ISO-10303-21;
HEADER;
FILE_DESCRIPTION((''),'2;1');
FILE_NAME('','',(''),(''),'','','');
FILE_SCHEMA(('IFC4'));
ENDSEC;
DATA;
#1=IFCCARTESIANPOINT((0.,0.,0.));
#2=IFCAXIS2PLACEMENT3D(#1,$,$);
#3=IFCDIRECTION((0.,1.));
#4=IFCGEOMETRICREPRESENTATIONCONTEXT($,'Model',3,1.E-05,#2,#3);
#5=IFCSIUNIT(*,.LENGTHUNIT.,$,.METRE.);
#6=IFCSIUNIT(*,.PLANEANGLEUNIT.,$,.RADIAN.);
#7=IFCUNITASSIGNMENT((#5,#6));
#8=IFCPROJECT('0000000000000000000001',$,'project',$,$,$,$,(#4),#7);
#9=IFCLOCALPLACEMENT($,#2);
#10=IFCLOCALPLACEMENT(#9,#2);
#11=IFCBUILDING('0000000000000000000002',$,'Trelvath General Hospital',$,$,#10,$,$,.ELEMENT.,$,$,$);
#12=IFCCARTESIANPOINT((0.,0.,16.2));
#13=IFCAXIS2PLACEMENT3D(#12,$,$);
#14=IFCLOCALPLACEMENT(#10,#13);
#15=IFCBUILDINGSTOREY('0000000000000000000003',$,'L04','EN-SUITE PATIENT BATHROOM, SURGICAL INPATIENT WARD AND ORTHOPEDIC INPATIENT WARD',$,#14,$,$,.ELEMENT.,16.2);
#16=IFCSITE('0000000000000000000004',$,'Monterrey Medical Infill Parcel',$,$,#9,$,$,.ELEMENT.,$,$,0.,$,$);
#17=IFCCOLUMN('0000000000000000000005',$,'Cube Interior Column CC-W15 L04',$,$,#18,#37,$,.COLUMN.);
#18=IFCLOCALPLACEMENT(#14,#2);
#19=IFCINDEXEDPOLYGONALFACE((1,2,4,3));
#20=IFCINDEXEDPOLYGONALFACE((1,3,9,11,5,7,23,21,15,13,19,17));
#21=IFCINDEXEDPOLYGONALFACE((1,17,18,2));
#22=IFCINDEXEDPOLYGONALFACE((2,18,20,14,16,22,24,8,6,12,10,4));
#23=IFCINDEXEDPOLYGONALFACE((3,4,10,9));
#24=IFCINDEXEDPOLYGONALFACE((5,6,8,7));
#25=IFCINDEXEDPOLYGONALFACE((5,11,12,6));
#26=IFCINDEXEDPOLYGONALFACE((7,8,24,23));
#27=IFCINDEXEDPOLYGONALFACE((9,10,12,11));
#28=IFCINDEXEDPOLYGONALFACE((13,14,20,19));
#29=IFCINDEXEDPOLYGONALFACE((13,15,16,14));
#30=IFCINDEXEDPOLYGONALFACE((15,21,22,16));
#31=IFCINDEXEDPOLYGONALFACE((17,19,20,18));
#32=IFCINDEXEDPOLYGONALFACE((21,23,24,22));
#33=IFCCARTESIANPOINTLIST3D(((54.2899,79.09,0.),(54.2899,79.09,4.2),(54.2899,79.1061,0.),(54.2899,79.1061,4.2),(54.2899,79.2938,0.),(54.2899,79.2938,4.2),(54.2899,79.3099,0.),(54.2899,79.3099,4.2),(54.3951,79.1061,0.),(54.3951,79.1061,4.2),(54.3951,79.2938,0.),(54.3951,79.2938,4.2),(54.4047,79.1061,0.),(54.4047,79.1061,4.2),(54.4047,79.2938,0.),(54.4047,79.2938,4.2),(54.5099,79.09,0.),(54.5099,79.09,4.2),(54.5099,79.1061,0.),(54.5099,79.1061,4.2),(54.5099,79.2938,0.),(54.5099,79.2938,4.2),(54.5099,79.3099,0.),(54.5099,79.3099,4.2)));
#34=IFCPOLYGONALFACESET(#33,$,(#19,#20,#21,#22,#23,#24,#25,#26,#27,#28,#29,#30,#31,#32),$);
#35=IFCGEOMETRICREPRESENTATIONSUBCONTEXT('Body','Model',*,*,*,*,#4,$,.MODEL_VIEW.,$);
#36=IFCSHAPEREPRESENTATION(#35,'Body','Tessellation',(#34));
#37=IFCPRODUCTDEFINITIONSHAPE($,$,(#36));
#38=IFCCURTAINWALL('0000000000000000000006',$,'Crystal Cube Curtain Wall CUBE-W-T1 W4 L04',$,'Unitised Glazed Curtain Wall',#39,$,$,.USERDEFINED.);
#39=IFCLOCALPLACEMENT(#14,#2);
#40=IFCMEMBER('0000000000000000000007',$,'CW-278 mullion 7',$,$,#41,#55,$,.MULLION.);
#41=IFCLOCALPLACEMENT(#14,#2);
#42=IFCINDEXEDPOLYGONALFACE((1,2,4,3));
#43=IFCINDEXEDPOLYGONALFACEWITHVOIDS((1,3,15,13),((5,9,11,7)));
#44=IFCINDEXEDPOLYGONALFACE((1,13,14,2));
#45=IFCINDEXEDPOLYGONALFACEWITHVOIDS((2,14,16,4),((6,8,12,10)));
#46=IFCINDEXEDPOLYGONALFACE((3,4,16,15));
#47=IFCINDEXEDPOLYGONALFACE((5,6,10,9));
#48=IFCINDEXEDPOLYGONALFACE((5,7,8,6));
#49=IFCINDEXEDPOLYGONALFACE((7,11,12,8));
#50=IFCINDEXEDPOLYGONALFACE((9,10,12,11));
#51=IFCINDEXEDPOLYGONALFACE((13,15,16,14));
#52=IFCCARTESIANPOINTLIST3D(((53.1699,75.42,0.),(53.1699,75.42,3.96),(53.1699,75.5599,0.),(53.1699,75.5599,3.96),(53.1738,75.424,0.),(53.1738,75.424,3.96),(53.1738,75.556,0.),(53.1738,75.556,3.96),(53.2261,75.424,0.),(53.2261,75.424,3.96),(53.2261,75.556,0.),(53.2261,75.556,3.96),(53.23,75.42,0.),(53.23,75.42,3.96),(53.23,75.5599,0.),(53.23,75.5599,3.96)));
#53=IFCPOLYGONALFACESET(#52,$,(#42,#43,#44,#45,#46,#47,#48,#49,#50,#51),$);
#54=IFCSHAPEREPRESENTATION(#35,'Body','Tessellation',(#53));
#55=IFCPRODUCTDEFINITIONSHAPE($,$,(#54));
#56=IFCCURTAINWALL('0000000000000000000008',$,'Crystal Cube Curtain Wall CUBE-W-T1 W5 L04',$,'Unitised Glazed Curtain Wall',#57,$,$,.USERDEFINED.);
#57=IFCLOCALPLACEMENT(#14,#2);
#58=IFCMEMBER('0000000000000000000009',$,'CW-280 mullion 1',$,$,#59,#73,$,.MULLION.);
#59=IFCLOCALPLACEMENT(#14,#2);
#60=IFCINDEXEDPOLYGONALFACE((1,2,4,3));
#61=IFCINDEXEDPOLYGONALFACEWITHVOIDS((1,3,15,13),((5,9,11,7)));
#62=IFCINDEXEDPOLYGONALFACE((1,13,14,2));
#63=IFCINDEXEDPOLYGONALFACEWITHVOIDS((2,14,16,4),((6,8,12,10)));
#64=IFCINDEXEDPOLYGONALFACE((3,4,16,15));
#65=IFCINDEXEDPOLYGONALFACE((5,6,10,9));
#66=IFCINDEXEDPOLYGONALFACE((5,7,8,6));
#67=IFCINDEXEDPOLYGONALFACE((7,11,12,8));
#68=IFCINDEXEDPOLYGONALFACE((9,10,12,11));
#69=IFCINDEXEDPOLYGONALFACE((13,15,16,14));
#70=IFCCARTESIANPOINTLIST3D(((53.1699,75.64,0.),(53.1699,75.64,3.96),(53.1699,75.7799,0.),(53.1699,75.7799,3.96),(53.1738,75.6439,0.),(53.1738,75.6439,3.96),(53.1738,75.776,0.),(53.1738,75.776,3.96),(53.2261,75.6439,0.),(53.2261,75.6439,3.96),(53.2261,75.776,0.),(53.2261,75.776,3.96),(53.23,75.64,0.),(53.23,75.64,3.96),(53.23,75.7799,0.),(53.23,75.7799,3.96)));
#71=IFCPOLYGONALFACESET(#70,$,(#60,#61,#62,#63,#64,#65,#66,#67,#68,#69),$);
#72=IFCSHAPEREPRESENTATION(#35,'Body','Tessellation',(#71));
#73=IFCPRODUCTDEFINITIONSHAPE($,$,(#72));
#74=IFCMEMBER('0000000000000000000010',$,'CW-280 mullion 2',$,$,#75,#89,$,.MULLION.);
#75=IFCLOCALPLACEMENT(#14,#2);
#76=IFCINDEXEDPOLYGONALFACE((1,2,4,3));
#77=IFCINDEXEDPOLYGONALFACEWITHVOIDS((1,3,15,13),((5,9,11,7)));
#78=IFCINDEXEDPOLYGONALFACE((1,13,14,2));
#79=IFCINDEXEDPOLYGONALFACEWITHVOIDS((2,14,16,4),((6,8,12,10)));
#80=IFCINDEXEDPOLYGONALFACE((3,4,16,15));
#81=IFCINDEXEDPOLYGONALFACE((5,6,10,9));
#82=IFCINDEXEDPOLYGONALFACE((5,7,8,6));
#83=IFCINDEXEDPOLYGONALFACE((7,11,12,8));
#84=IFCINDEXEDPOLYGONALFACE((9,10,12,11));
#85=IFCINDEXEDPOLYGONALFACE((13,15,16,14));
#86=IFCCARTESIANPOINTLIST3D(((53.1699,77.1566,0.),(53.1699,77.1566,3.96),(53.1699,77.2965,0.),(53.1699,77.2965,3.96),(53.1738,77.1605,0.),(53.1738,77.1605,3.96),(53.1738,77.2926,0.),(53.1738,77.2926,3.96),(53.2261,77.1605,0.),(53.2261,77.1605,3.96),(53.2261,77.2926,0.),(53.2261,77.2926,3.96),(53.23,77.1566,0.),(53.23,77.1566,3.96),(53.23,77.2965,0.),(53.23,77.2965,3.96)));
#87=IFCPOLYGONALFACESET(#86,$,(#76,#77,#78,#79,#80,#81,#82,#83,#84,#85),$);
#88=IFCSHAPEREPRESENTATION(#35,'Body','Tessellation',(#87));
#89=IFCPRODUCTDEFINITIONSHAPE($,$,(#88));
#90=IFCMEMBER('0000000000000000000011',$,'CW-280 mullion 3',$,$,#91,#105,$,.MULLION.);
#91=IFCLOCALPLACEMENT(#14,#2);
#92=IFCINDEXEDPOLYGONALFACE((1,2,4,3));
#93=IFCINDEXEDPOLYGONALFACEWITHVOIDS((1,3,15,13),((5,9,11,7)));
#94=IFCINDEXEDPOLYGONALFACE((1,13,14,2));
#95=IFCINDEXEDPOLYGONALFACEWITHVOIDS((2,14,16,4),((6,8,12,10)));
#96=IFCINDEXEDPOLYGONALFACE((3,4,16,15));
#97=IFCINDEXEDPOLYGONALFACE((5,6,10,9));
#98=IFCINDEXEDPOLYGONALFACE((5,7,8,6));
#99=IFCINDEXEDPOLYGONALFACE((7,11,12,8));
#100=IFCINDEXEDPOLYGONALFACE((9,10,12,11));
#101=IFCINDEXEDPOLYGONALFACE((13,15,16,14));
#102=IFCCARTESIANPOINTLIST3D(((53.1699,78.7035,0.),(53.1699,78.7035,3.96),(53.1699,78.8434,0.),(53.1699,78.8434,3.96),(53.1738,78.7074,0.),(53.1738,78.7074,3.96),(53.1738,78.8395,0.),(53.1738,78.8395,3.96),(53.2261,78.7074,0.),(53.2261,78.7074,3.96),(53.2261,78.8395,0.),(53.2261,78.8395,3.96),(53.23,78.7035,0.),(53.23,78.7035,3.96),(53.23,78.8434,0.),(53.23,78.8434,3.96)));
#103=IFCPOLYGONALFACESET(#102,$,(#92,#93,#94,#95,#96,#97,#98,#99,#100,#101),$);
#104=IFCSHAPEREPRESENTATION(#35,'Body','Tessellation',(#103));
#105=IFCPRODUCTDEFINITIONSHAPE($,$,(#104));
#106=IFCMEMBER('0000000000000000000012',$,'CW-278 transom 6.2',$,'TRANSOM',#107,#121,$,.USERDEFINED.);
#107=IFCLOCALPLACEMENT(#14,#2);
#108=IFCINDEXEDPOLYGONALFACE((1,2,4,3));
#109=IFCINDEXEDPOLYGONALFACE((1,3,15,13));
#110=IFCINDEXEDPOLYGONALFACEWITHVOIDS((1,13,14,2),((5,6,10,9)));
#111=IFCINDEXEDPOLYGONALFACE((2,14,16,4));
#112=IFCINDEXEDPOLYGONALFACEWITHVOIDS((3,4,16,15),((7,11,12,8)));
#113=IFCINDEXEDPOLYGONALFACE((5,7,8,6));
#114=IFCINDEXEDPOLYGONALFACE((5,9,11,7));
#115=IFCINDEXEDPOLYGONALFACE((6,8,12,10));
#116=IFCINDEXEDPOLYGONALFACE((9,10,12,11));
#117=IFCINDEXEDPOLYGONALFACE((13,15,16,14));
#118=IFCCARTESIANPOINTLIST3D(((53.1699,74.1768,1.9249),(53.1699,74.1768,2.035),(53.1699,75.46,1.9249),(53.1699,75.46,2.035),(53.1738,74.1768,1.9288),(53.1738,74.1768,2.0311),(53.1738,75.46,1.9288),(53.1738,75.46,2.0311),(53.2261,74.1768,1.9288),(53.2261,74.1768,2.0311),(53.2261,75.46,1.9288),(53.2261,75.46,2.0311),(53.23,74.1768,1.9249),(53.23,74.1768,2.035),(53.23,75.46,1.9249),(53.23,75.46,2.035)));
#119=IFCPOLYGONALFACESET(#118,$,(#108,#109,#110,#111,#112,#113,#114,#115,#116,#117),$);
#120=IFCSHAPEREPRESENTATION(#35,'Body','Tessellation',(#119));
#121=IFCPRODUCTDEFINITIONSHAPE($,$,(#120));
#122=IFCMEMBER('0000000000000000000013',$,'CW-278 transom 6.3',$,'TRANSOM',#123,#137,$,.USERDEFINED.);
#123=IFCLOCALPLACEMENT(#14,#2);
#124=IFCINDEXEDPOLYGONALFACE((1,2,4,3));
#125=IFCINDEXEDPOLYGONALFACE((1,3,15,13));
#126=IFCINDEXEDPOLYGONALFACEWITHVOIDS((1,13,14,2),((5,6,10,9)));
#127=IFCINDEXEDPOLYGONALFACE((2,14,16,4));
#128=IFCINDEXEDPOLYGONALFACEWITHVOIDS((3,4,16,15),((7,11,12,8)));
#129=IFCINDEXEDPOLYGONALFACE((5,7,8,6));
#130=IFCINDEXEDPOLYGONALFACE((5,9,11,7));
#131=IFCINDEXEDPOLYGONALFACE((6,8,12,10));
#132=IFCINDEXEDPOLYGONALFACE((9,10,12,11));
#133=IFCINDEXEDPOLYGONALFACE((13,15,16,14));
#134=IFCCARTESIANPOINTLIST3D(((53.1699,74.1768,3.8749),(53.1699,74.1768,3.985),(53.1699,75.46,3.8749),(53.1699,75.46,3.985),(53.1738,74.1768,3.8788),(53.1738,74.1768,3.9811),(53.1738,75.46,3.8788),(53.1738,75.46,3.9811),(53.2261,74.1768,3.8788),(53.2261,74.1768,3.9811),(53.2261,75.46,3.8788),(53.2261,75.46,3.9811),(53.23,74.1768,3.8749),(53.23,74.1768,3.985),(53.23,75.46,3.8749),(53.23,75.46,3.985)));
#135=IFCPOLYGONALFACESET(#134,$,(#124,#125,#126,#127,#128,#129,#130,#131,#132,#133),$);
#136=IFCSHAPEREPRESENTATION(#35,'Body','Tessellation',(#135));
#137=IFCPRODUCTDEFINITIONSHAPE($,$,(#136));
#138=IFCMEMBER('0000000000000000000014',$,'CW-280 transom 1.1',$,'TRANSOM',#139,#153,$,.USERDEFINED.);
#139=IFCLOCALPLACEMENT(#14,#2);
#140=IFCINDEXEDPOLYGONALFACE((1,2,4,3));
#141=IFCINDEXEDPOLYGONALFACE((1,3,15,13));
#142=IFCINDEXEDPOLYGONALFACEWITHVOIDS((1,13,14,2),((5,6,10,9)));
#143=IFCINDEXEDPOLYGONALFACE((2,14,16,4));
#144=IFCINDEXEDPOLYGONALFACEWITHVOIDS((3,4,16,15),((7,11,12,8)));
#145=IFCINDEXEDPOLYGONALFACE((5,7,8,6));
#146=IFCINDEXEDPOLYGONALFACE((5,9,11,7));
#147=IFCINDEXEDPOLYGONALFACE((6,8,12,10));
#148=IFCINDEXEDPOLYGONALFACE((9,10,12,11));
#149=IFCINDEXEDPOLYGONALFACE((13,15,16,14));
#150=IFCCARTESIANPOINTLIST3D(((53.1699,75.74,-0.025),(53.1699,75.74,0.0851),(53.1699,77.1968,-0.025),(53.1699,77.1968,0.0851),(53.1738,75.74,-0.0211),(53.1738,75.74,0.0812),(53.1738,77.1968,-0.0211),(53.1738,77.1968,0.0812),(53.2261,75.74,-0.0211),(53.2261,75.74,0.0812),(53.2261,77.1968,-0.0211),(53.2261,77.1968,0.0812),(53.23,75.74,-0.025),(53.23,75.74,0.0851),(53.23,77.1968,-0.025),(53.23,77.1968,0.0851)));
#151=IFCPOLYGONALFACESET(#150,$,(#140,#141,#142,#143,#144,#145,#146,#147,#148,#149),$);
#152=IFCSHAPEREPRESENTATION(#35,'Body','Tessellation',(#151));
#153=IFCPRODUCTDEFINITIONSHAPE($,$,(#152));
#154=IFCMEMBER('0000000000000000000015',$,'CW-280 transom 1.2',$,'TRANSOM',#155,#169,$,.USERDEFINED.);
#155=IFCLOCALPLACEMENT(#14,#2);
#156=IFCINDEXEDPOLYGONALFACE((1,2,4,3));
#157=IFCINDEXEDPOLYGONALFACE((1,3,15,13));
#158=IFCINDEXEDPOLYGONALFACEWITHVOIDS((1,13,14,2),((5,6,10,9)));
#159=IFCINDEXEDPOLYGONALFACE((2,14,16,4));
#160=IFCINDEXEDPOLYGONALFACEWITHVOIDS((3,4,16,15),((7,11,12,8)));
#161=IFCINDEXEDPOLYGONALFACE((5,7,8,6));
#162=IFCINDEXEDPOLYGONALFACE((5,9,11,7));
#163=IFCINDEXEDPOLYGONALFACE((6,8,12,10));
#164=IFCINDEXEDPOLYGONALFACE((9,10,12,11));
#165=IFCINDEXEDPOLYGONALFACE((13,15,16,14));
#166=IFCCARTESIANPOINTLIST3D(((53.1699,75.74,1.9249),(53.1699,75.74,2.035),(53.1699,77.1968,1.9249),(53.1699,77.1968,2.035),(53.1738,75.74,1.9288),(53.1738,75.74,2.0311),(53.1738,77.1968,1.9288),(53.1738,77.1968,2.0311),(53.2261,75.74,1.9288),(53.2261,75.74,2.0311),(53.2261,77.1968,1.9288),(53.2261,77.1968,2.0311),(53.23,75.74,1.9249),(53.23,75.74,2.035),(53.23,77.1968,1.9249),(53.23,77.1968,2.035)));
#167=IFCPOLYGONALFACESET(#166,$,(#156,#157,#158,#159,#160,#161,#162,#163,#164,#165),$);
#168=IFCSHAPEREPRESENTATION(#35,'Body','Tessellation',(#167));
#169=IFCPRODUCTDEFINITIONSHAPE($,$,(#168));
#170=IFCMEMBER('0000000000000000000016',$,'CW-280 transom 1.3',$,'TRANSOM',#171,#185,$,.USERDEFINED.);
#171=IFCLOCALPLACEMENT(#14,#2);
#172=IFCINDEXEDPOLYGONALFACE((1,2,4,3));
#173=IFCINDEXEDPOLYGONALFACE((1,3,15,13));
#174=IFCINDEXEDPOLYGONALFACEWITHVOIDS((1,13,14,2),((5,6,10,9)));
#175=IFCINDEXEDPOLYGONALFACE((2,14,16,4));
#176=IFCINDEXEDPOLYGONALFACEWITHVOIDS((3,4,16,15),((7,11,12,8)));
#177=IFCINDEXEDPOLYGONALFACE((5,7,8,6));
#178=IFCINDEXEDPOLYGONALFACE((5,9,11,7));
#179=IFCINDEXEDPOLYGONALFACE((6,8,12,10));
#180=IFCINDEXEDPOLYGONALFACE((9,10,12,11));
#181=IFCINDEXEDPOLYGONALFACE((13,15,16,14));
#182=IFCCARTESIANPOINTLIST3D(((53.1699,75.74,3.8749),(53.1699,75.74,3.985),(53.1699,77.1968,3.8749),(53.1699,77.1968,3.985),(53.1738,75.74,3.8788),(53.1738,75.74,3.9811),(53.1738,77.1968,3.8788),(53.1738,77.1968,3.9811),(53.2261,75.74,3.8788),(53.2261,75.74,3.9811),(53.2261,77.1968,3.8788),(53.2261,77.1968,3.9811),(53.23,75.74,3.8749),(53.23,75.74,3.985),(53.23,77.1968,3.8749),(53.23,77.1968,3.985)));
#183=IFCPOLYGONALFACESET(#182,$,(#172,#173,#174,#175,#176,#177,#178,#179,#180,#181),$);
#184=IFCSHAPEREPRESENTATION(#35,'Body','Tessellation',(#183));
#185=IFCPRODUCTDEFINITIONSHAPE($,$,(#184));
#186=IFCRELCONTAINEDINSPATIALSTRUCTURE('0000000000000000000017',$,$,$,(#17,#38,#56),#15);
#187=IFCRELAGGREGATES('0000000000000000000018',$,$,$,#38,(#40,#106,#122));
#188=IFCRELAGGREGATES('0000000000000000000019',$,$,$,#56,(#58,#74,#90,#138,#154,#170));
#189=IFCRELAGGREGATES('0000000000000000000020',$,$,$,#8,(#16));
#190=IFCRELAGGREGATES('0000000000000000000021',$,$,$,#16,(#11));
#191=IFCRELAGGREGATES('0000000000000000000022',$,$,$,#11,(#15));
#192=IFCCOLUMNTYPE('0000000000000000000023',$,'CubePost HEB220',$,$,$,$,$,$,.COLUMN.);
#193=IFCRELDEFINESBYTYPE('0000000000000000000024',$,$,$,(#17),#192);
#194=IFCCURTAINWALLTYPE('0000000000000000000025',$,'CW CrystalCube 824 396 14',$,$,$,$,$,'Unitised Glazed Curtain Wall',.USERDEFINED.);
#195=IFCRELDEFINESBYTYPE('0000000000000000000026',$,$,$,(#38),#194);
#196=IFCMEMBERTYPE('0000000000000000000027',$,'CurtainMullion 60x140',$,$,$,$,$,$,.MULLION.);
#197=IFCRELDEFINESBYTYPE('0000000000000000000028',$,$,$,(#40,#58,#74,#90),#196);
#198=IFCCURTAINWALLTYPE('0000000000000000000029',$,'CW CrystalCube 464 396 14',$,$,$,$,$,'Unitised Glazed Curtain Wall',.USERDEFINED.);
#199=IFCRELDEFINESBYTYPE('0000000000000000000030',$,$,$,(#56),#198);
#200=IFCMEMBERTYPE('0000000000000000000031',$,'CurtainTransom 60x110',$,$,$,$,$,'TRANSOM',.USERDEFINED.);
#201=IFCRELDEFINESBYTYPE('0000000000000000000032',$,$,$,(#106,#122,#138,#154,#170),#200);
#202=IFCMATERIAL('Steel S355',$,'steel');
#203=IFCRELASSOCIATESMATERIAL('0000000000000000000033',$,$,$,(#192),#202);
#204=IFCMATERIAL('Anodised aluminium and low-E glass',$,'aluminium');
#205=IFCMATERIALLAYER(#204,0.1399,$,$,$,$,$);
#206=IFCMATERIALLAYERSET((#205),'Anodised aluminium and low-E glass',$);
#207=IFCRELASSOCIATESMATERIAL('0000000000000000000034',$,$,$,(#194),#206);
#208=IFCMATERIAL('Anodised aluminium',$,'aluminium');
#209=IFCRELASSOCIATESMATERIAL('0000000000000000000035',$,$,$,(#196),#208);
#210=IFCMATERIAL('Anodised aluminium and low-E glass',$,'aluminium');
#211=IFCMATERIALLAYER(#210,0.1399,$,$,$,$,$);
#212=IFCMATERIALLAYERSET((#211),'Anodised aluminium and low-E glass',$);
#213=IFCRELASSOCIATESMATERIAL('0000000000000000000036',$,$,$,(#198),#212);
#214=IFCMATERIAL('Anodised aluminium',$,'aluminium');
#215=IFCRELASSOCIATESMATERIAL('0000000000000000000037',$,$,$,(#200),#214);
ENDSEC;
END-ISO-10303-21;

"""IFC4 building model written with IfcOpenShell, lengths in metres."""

from ifc_helpers import new_model, si_unit, direction, frame, origin, origin_2d, place, context, subcontext, project, spatial, hollow_rectangle, i_section, extrude, material, layer, layer_set, material_profile, profile_set, type_object, element, aggregate, save


model = new_model("IFC4")

# Units and contexts
model_context = context("Model", 3, precision=1e-05, world=origin(), true_north=direction((0.0, 1.0)))
body_context = subcontext(model_context, "Body", "Model", "MODEL_VIEW")
ifc_project = project(units=[si_unit("LENGTHUNIT", "METRE"), si_unit("PLANEANGLEUNIT", "RADIAN")], contexts=[model_context])

# Site, building, storey
site_placement = place(None, origin())
site = spatial("IfcSite", under=ifc_project, at=site_placement, Name="Monterrey Medical Infill Parcel", CompositionType="ELEMENT", RefElevation=0.0)
building_placement = place(site_placement, origin())
building = spatial("IfcBuilding", under=site, at=building_placement, Name="Trelvath General Hospital", CompositionType="ELEMENT")
storey_placement = place(building_placement, frame((0.0, 0.0, 16.2)))
storey = spatial("IfcBuildingStorey", under=building, at=storey_placement, Name="L04", Description="EN-SUITE PATIENT BATHROOM, SURGICAL INPATIENT WARD AND ORTHOPEDIC INPATIENT WARD", CompositionType="ELEMENT", Elevation=16.2)

# Column
ifc_material_1 = material(Name="Steel S355", Category="steel")
ifc_material_profile_1 = material_profile(ifc_material_1, i_section(OverallWidth=0.22, OverallDepth=0.22, WebThickness=0.0095, FlangeThickness=0.0161, at=origin_2d()), Name="HEB220")
ifc_profile_set_1 = profile_set([ifc_material_profile_1], Name="Steel S355")
column_type = type_object("IfcColumnType", Name="CubePost HEB220", PredefinedType="COLUMN", material=ifc_profile_set_1)
column_placement = place(storey_placement, frame((54.3999, 79.2, 0.0), z_axis=(0.0, 0.0, 1.0), x_axis=(1.0, 0.0, 0.0)))
element("IfcColumn", 1, at=column_placement, inside=storey, type_object=column_type, Name="Cube Interior Column CC-W15 L04", PredefinedType="COLUMN", context=body_context, shape_type="SweptSolid", body=[
    extrude(i_section(OverallWidth=0.22, OverallDepth=0.22, WebThickness=0.0095, FlangeThickness=0.0161, at=origin_2d()), origin(), (0.0, 0.0, 1.0), 4.2),
])

# Curtain wall, member
ifc_material_2 = material(Name="Anodised aluminium and low-E glass", Category="aluminium")
ifc_layer_1 = layer(ifc_material_2, 0.1399)
ifc_layer_set_1 = layer_set([ifc_layer_1], Name="Anodised aluminium and low-E glass")
curtain_wall_type_1 = type_object("IfcCurtainWallType", Name="CW CrystalCube 824 396 14", ElementType="Unitised Glazed Curtain Wall", PredefinedType="USERDEFINED", material=ifc_layer_set_1)
curtain_wall_1_placement = place(storey_placement, origin())
curtain_wall_1 = element("IfcCurtainWall", 2, at=curtain_wall_1_placement, inside=storey, type_object=curtain_wall_type_1, Name="Crystal Cube Curtain Wall CUBE-W-T1 W4 L04", ObjectType="Unitised Glazed Curtain Wall", PredefinedType="USERDEFINED")
ifc_material_3 = material(Name="Anodised aluminium", Category="aluminium")
ifc_material_profile_2 = material_profile(ifc_material_3, hollow_rectangle(XDim=0.0601, YDim=0.1399, WallThickness=0.0039, at=origin_2d()), Name="RHS60x140x4")
ifc_profile_set_2 = profile_set([ifc_material_profile_2], Name="Anodised aluminium")
member_type_1 = type_object("IfcMemberType", Name="CurtainMullion 60x140", PredefinedType="MULLION", material=ifc_profile_set_2)
member_1_placement = place(storey_placement, frame((53.2, 75.49, 0.0), z_axis=(0.0, 0.0, 1.0), x_axis=(-1.0, 0.0, 0.0)))
member_1 = element("IfcMember", 3, at=member_1_placement, type_object=member_type_1, Name="CW-278 mullion 7", PredefinedType="MULLION", context=body_context, shape_type="SweptSolid", body=[
    extrude(hollow_rectangle(XDim=0.0601, YDim=0.1399, WallThickness=0.0039, at=origin_2d()), origin(), (0.0, 0.0, 1.0), 3.96),
])

# Curtain wall, members
ifc_material_4 = material(Name="Anodised aluminium and low-E glass", Category="aluminium")
ifc_layer_2 = layer(ifc_material_4, 0.1399)
ifc_layer_set_2 = layer_set([ifc_layer_2], Name="Anodised aluminium and low-E glass")
curtain_wall_type_2 = type_object("IfcCurtainWallType", Name="CW CrystalCube 464 396 14", ElementType="Unitised Glazed Curtain Wall", PredefinedType="USERDEFINED", material=ifc_layer_set_2)
curtain_wall_2_placement = place(storey_placement, origin())
curtain_wall_2 = element("IfcCurtainWall", 4, at=curtain_wall_2_placement, inside=storey, type_object=curtain_wall_type_2, Name="Crystal Cube Curtain Wall CUBE-W-T1 W5 L04", ObjectType="Unitised Glazed Curtain Wall", PredefinedType="USERDEFINED")
member_2_placement = place(storey_placement, frame((53.2, 75.71, 0.0), z_axis=(0.0, 0.0, 1.0), x_axis=(-1.0, 0.0, 0.0)))
member_2 = element("IfcMember", 5, at=member_2_placement, type_object=member_type_1, Name="CW-280 mullion 1", PredefinedType="MULLION", context=body_context, shape_type="SweptSolid", body=[
    extrude(hollow_rectangle(XDim=0.0601, YDim=0.1399, WallThickness=0.0039, at=origin_2d()), origin(), (0.0, 0.0, 1.0), 3.96),
])
member_3_placement = place(storey_placement, frame((53.2, 77.2266, 0.0), z_axis=(0.0, 0.0, 1.0), x_axis=(-1.0, 0.0, 0.0)))
member_3 = element("IfcMember", 6, at=member_3_placement, type_object=member_type_1, Name="CW-280 mullion 2", PredefinedType="MULLION", context=body_context, shape_type="SweptSolid", body=[
    extrude(hollow_rectangle(XDim=0.0601, YDim=0.1399, WallThickness=0.0039, at=origin_2d()), origin(), (0.0, 0.0, 1.0), 3.96),
])
member_4_placement = place(storey_placement, frame((53.2, 78.7734, 0.0), z_axis=(0.0, 0.0, 1.0), x_axis=(-1.0, 0.0, 0.0)))
member_4 = element("IfcMember", 7, at=member_4_placement, type_object=member_type_1, Name="CW-280 mullion 3", PredefinedType="MULLION", context=body_context, shape_type="SweptSolid", body=[
    extrude(hollow_rectangle(XDim=0.0601, YDim=0.1399, WallThickness=0.0039, at=origin_2d()), origin(), (0.0, 0.0, 1.0), 3.96),
])

# Members
ifc_material_5 = material(Name="Anodised aluminium", Category="aluminium")
ifc_material_profile_3 = material_profile(ifc_material_5, hollow_rectangle(XDim=0.0601, YDim=0.1101, WallThickness=0.0039, at=origin_2d()), Name="RHS60x110x4")
ifc_profile_set_3 = profile_set([ifc_material_profile_3], Name="Anodised aluminium")
member_type_2 = type_object("IfcMemberType", Name="CurtainTransom 60x110", ElementType="TRANSOM", PredefinedType="USERDEFINED", material=ifc_profile_set_3)
member_5_placement = place(storey_placement, frame((53.2, 74.1768, 1.98), z_axis=(0.0, 1.0, 0.0), x_axis=(-1.0, 0.0, 0.0)))
member_5 = element("IfcMember", 8, at=member_5_placement, type_object=member_type_2, Name="CW-278 transom 6.2", ObjectType="TRANSOM", PredefinedType="USERDEFINED", context=body_context, shape_type="SweptSolid", body=[
    extrude(hollow_rectangle(XDim=0.0601, YDim=0.1101, WallThickness=0.0039, at=origin_2d()), origin(), (0.0, 0.0, 1.0), 1.2832),
])
member_6_placement = place(storey_placement, frame((53.2, 74.1768, 3.9299), z_axis=(0.0, 1.0, 0.0), x_axis=(-1.0, 0.0, 0.0)))
member_6 = element("IfcMember", 9, at=member_6_placement, type_object=member_type_2, Name="CW-278 transom 6.3", ObjectType="TRANSOM", PredefinedType="USERDEFINED", context=body_context, shape_type="SweptSolid", body=[
    extrude(hollow_rectangle(XDim=0.0601, YDim=0.1101, WallThickness=0.0039, at=origin_2d()), origin(), (0.0, 0.0, 1.0), 1.2832),
])
member_7_placement = place(storey_placement, frame((53.2, 75.74, 0.03), z_axis=(0.0, 1.0, 0.0), x_axis=(-1.0, 0.0, 0.0)))
member_7 = element("IfcMember", 10, at=member_7_placement, type_object=member_type_2, Name="CW-280 transom 1.1", ObjectType="TRANSOM", PredefinedType="USERDEFINED", context=body_context, shape_type="SweptSolid", body=[
    extrude(hollow_rectangle(XDim=0.0601, YDim=0.1101, WallThickness=0.0039, at=origin_2d()), origin(), (0.0, 0.0, 1.0), 1.4568),
])
member_8_placement = place(storey_placement, frame((53.2, 75.74, 1.98), z_axis=(0.0, 1.0, 0.0), x_axis=(-1.0, 0.0, 0.0)))
member_8 = element("IfcMember", 11, at=member_8_placement, type_object=member_type_2, Name="CW-280 transom 1.2", ObjectType="TRANSOM", PredefinedType="USERDEFINED", context=body_context, shape_type="SweptSolid", body=[
    extrude(hollow_rectangle(XDim=0.0601, YDim=0.1101, WallThickness=0.0039, at=origin_2d()), origin(), (0.0, 0.0, 1.0), 1.4568),
])
member_9_placement = place(storey_placement, frame((53.2, 75.74, 3.9299), z_axis=(0.0, 1.0, 0.0), x_axis=(-1.0, 0.0, 0.0)))
member_9 = element("IfcMember", 12, at=member_9_placement, type_object=member_type_2, Name="CW-280 transom 1.3", ObjectType="TRANSOM", PredefinedType="USERDEFINED", context=body_context, shape_type="SweptSolid", body=[
    extrude(hollow_rectangle(XDim=0.0601, YDim=0.1101, WallThickness=0.0039, at=origin_2d()), origin(), (0.0, 0.0, 1.0), 1.4568),
])

aggregate(curtain_wall_1, [member_1, member_5, member_6])
aggregate(curtain_wall_2, [member_2, member_3, member_4, member_7, member_8, member_9])

save(model, "model.ifc")
